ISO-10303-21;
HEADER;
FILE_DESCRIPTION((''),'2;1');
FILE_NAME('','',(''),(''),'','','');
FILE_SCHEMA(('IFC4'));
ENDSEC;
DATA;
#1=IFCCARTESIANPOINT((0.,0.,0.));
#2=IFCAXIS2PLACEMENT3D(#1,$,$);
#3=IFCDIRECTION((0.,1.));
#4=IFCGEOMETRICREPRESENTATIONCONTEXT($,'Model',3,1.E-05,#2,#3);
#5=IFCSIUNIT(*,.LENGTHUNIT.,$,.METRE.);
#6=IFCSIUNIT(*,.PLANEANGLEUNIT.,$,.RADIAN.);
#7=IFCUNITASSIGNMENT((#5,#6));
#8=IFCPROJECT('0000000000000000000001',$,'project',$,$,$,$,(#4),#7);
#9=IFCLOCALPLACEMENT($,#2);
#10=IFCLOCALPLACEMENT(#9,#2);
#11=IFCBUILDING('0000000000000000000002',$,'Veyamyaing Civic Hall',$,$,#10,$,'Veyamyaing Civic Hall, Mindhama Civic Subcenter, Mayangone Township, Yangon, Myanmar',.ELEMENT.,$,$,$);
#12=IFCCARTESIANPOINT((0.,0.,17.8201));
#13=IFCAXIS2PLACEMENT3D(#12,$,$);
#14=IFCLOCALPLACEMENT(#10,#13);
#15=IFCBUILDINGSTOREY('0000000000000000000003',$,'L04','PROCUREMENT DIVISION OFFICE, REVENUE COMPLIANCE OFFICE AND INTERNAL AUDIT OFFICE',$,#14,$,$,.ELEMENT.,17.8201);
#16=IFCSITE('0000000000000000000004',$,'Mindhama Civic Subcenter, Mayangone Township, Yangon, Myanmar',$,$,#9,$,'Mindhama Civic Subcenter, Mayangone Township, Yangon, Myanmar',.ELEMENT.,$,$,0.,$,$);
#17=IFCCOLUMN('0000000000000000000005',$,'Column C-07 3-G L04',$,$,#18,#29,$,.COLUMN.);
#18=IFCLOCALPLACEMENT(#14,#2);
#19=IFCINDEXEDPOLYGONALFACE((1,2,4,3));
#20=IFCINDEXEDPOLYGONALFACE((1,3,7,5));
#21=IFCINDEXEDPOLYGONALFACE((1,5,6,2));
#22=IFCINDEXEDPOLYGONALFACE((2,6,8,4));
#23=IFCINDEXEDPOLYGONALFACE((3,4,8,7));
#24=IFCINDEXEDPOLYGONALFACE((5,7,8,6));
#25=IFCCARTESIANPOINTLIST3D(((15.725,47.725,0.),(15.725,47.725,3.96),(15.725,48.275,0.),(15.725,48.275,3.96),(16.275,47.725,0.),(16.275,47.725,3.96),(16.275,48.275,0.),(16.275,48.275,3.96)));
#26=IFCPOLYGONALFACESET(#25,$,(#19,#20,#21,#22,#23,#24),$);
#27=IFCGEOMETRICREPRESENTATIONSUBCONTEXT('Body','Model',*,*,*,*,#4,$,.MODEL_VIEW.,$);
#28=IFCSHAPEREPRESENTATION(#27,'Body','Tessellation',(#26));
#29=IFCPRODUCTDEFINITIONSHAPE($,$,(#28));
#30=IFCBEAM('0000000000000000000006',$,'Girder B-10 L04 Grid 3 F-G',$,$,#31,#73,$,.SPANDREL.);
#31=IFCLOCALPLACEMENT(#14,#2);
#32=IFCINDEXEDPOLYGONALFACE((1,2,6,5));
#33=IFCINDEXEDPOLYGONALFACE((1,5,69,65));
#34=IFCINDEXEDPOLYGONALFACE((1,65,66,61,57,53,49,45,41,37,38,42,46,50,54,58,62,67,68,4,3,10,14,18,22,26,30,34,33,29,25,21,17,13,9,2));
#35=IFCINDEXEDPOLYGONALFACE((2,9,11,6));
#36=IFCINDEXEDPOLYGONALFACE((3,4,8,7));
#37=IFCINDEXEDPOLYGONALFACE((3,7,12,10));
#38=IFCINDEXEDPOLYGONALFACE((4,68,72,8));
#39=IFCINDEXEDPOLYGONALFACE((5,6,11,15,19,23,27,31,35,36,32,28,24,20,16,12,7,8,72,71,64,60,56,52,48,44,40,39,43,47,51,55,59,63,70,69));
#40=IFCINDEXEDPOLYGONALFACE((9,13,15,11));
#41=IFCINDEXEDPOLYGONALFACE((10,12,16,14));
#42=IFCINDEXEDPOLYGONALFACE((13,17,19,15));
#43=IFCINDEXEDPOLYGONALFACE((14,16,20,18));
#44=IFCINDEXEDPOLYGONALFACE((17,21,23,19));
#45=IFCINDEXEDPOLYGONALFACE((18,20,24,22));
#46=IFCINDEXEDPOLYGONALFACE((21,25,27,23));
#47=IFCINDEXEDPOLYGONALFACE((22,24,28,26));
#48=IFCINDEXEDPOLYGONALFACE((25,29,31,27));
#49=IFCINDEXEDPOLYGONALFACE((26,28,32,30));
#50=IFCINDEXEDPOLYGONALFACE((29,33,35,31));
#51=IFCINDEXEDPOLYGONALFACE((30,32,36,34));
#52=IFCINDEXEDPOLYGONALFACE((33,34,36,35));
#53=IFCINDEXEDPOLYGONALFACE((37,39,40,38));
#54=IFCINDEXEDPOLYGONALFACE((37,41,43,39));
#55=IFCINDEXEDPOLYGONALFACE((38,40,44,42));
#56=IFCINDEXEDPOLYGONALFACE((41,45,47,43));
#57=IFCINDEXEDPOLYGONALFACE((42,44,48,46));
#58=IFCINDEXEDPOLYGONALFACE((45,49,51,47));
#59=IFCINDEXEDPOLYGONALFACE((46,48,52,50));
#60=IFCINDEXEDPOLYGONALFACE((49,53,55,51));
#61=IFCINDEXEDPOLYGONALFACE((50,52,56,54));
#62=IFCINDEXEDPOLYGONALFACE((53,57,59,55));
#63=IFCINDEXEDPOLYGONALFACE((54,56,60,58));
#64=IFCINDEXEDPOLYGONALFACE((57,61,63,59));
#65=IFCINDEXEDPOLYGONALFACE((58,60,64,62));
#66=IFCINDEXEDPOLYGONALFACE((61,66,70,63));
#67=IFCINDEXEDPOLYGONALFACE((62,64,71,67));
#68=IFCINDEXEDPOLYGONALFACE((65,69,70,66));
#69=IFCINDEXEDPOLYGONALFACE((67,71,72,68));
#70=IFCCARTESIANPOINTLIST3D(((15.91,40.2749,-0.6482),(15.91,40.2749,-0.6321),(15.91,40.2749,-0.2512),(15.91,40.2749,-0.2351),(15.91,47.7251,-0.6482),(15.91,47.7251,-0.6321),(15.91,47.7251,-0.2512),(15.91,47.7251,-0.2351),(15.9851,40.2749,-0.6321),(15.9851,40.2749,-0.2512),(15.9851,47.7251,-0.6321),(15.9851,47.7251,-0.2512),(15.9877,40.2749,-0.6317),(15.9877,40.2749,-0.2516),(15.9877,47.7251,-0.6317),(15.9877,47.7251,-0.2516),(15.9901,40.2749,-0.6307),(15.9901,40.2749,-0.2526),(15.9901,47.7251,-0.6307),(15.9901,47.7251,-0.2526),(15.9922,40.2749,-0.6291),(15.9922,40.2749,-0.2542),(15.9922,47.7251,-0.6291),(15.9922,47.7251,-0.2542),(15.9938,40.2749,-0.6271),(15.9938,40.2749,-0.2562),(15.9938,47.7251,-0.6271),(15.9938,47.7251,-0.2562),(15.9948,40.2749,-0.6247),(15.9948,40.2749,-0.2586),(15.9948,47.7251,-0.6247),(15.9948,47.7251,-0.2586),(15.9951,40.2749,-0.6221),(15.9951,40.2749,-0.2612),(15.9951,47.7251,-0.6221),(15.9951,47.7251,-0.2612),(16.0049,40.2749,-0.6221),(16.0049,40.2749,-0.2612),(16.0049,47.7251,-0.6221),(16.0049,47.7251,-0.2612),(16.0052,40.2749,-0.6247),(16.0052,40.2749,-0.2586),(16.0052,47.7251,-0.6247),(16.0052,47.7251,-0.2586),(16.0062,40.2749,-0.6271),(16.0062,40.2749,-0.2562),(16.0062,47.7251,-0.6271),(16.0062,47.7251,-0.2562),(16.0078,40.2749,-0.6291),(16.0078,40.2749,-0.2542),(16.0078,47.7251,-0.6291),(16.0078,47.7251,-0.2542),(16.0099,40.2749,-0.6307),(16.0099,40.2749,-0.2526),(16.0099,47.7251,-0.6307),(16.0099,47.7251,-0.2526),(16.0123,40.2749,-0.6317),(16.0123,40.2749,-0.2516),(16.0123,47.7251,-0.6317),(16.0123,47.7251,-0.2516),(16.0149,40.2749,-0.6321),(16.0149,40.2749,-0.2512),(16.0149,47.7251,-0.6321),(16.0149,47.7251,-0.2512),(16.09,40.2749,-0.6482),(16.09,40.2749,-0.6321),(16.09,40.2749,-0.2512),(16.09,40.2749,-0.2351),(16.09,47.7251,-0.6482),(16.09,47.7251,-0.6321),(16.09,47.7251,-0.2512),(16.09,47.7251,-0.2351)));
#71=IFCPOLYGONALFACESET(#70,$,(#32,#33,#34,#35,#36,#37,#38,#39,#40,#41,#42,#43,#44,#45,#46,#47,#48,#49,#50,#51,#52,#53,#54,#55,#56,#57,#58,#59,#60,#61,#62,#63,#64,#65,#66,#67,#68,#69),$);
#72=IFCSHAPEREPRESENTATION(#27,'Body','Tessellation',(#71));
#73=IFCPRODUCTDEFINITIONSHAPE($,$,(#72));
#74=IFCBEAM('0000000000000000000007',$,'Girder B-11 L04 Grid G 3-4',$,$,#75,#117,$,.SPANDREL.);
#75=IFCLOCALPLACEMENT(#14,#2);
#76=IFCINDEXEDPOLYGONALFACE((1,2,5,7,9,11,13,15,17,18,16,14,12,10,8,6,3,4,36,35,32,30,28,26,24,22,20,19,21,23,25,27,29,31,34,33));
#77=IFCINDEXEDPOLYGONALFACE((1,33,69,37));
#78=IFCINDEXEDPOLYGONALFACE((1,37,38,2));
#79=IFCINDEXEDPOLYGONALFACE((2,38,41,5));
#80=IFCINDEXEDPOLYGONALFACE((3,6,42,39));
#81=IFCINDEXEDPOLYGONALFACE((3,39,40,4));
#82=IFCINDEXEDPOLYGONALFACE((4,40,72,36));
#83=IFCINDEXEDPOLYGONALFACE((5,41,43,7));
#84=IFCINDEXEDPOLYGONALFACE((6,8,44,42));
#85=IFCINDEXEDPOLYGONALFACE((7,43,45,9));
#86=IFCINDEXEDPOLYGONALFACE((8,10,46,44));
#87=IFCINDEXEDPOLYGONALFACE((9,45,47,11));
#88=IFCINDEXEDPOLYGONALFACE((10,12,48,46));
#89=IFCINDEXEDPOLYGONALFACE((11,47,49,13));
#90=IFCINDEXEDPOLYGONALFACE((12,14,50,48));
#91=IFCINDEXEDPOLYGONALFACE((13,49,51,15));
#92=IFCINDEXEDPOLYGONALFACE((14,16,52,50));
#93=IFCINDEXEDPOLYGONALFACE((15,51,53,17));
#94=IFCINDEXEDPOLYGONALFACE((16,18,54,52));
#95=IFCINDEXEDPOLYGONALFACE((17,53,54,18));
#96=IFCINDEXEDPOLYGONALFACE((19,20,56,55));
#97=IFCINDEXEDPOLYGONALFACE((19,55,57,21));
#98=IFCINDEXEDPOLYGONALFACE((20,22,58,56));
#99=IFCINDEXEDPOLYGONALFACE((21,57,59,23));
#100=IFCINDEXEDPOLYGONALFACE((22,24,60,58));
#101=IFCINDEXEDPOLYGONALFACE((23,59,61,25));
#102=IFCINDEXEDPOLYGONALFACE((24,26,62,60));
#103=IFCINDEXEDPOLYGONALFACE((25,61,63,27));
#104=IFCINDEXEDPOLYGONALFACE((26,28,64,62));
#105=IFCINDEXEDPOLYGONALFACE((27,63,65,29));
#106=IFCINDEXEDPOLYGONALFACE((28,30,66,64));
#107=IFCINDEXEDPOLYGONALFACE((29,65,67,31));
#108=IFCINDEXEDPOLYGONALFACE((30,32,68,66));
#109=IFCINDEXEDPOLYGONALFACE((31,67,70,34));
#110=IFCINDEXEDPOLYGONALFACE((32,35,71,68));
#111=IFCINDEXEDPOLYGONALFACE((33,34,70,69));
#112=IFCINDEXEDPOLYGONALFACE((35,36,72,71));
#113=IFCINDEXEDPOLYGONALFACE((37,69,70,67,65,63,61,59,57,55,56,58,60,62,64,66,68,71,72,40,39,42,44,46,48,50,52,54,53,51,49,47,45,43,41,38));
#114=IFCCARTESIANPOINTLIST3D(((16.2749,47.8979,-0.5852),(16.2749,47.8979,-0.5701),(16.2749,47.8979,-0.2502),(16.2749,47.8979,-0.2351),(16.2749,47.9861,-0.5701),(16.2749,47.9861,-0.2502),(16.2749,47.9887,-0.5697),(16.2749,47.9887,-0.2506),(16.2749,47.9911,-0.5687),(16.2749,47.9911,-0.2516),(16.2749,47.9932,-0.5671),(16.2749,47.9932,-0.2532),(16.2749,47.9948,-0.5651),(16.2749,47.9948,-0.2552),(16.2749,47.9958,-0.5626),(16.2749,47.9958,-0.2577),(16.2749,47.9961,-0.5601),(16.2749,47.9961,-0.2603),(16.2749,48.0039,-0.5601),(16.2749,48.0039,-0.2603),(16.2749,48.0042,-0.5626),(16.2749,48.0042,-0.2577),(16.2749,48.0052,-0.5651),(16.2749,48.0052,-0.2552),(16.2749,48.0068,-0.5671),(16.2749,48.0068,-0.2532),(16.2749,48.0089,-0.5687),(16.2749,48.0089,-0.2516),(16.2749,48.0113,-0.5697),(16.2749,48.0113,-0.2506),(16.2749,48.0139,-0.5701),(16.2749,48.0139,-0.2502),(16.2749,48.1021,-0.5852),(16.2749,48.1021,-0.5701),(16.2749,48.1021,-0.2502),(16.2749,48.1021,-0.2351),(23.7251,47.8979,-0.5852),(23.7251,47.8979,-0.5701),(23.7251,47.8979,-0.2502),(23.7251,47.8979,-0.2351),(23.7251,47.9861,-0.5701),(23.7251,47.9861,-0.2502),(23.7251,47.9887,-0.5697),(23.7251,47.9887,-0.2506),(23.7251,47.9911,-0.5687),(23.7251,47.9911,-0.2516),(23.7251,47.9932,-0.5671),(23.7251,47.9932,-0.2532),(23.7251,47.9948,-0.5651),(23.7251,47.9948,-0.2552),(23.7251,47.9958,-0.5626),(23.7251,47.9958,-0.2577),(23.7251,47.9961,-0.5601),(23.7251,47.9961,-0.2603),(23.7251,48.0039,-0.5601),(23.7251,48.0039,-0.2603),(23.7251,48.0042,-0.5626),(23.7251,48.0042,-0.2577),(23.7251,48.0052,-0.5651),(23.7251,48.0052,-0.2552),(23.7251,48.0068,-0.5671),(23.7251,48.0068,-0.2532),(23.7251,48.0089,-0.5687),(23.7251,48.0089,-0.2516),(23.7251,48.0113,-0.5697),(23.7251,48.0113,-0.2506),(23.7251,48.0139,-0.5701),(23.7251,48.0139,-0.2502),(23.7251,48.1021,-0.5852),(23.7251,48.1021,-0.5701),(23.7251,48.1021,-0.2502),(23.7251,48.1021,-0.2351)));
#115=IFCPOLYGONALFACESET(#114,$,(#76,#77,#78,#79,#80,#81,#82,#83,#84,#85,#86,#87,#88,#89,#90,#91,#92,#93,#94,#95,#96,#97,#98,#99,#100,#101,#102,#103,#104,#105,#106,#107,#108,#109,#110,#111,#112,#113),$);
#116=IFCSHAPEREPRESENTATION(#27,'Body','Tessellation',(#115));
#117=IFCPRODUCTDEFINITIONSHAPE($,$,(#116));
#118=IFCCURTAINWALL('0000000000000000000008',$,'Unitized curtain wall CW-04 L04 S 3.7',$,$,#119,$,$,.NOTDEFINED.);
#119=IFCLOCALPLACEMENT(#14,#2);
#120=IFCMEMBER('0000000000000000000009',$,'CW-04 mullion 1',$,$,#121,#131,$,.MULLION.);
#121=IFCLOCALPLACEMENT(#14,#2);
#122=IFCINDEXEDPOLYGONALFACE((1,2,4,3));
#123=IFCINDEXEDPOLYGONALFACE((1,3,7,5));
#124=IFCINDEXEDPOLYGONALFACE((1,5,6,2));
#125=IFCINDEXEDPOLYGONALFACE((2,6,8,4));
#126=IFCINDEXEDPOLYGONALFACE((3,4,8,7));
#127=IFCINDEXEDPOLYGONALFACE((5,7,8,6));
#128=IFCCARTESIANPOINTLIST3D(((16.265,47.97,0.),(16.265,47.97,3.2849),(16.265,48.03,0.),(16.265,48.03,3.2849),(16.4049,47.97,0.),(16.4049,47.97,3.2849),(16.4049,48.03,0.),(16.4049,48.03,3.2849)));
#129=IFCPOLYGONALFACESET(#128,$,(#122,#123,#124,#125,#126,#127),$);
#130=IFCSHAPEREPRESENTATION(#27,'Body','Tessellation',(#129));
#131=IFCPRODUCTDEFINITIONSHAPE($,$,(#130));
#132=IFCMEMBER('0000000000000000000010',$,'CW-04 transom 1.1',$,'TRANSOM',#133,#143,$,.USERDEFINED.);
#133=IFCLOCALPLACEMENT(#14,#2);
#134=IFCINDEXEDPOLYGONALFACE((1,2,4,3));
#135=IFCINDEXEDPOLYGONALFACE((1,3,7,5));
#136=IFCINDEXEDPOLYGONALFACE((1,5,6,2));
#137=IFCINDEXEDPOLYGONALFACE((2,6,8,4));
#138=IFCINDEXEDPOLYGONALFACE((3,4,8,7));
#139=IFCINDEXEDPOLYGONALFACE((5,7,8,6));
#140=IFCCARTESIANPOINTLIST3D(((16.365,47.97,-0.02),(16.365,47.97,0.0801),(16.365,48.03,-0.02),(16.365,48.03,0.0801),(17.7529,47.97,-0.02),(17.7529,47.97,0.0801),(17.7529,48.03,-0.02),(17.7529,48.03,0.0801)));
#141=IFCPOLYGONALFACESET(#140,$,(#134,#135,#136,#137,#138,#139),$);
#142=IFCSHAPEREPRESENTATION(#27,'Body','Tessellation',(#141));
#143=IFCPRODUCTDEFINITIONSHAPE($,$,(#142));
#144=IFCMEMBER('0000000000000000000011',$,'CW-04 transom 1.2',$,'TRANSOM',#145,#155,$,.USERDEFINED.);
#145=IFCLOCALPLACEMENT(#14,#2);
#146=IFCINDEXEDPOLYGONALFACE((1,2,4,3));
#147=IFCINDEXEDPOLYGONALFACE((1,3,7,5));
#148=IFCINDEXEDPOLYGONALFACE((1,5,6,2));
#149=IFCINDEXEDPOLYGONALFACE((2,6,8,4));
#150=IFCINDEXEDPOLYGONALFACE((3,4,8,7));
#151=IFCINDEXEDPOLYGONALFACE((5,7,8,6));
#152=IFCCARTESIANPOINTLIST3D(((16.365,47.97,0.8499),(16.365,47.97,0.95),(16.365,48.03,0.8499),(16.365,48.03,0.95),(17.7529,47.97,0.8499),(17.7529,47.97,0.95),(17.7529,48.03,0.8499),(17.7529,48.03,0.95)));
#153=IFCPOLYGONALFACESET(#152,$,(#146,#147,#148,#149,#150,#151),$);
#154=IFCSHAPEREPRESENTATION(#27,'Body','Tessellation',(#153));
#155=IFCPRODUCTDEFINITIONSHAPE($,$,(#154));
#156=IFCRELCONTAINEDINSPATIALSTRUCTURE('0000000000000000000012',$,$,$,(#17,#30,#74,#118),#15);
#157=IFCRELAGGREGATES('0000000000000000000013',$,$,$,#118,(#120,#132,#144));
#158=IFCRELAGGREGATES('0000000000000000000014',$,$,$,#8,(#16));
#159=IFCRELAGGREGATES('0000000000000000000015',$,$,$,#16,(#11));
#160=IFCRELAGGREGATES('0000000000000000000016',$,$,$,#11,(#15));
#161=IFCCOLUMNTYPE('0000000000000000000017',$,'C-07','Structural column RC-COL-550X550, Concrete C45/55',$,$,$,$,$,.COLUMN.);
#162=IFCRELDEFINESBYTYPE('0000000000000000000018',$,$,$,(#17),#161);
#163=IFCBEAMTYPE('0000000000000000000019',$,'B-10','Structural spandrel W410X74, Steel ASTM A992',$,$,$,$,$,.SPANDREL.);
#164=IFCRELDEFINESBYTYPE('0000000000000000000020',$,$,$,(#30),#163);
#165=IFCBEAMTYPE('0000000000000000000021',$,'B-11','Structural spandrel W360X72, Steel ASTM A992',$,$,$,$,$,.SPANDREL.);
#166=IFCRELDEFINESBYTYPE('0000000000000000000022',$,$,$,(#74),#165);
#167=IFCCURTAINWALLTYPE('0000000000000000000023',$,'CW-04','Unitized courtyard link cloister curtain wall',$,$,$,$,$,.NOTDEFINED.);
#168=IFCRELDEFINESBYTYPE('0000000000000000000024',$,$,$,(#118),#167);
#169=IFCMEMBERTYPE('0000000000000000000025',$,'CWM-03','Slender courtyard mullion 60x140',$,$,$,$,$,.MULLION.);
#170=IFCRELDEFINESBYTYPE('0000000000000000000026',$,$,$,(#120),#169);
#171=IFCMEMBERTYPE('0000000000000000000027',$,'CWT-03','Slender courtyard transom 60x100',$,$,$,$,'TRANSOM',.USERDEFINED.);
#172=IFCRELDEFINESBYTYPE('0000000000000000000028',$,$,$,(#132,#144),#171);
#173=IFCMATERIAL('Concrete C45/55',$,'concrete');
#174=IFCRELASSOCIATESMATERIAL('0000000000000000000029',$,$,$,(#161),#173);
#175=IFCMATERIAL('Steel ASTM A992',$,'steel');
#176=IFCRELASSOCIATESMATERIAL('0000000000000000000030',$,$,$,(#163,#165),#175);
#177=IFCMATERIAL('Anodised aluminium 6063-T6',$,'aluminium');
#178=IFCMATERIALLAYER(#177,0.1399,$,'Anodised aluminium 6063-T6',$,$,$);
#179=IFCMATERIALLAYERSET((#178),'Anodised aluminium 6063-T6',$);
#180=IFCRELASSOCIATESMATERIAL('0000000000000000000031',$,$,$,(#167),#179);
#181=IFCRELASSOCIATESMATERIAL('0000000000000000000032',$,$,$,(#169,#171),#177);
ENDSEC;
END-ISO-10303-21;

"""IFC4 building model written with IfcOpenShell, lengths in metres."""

from ifc_helpers import new_model, si_unit, direction, frame, origin, origin_2d, place, context, subcontext, project, spatial, rectangle, i_section, extrude, material, layer, layer_set, material_profile, profile_set, type_object, element, aggregate, save


model = new_model("IFC4")

# Units and contexts
model_context = context("Model", 3, precision=1e-05, world=origin(), true_north=direction((0.0, 1.0)))
body_context = subcontext(model_context, "Body", "Model", "MODEL_VIEW")
ifc_project = project(units=[si_unit("LENGTHUNIT", "METRE"), si_unit("PLANEANGLEUNIT", "RADIAN")], contexts=[model_context])

# Site, building, storey
site_placement = place(None, origin())
site = spatial("IfcSite", under=ifc_project, at=site_placement, Name="Mindhama Civic Subcenter, Mayangone Township, Yangon, Myanmar", LongName="Mindhama Civic Subcenter, Mayangone Township, Yangon, Myanmar", CompositionType="ELEMENT", RefElevation=0.0)
building_placement = place(site_placement, origin())
building = spatial("IfcBuilding", under=site, at=building_placement, Name="Veyamyaing Civic Hall", LongName="Veyamyaing Civic Hall, Mindhama Civic Subcenter, Mayangone Township, Yangon, Myanmar", CompositionType="ELEMENT")
storey_placement = place(building_placement, frame((0.0, 0.0, 17.8201)))
storey = spatial("IfcBuildingStorey", under=building, at=storey_placement, Name="L04", Description="PROCUREMENT DIVISION OFFICE, REVENUE COMPLIANCE OFFICE AND INTERNAL AUDIT OFFICE", CompositionType="ELEMENT", Elevation=17.8201)

# Column
ifc_material_1 = material(Name="Concrete C45/55", Category="concrete")
ifc_material_profile_1 = material_profile(ifc_material_1, rectangle(XDim=0.55, YDim=0.55, at=origin_2d()), Name="RC-COL-550X550")
ifc_profile_set_1 = profile_set([ifc_material_profile_1], Name="Concrete C45/55")
column_type = type_object("IfcColumnType", Name="C-07", Description="Structural column RC-COL-550X550, Concrete C45/55", PredefinedType="COLUMN", material=ifc_profile_set_1)
column_placement = place(storey_placement, frame((16.0, 48.0, 0.0), z_axis=(0.0, 0.0, 1.0), x_axis=(1.0, 0.0, 0.0)))
element("IfcColumn", 1, at=column_placement, inside=storey, type_object=column_type, Name="Column C-07 3-G L04", PredefinedType="COLUMN", context=body_context, shape_type="SweptSolid", body=[
    extrude(rectangle(XDim=0.55, YDim=0.55, at=origin_2d()), origin(), (0.0, 0.0, 1.0), 3.96),
])

# Beams
ifc_material_2 = material(Name="Steel ASTM A992", Category="steel")
ifc_material_profile_2 = material_profile(ifc_material_2, i_section(OverallWidth=0.1799, OverallDepth=0.4131, WebThickness=0.0098, FlangeThickness=0.0161, FilletRadius=0.01, at=origin_2d()), Name="W410X74")
ifc_profile_set_2 = profile_set([ifc_material_profile_2], Name="Steel ASTM A992")
beam_type_1 = type_object("IfcBeamType", Name="B-10", Description="Structural spandrel W410X74, Steel ASTM A992", PredefinedType="SPANDREL", material=ifc_profile_set_2)
beam_1_placement = place(storey_placement, frame((16.0, 40.2749, -0.4417), z_axis=(0.0, 1.0, 0.0), x_axis=(-1.0, 0.0, 0.0)))
element("IfcBeam", 2, at=beam_1_placement, inside=storey, type_object=beam_type_1, Name="Girder B-10 L04 Grid 3 F-G", PredefinedType="SPANDREL", context=body_context, shape_type="SweptSolid", body=[
    extrude(i_section(OverallWidth=0.1799, OverallDepth=0.4131, WebThickness=0.0098, FlangeThickness=0.0161, FilletRadius=0.01, at=origin_2d()), origin(), (0.0, 0.0, 1.0), 7.4502),
])
ifc_material_profile_3 = material_profile(ifc_material_2, i_section(OverallWidth=0.2041, OverallDepth=0.3501, WebThickness=0.0078, FlangeThickness=0.0151, FilletRadius=0.01, at=origin_2d()), Name="W360X72")
ifc_profile_set_3 = profile_set([ifc_material_profile_3], Name="Steel ASTM A992")
beam_type_2 = type_object("IfcBeamType", Name="B-11", Description="Structural spandrel W360X72, Steel ASTM A992", PredefinedType="SPANDREL", material=ifc_profile_set_3)
beam_2_placement = place(storey_placement, frame((16.2749, 48.0, -0.4102), z_axis=(1.0, 0.0, 0.0), x_axis=(0.0, 1.0, 0.0)))
element("IfcBeam", 3, at=beam_2_placement, inside=storey, type_object=beam_type_2, Name="Girder B-11 L04 Grid G 3-4", PredefinedType="SPANDREL", context=body_context, shape_type="SweptSolid", body=[
    extrude(i_section(OverallWidth=0.2041, OverallDepth=0.3501, WebThickness=0.0078, FlangeThickness=0.0151, FilletRadius=0.01, at=origin_2d()), origin(), (0.0, 0.0, 1.0), 7.4502),
])

# Curtain wall, members
ifc_material_3 = material(Name="Anodised aluminium 6063-T6", Category="aluminium")
ifc_layer_1 = layer(ifc_material_3, 0.1399, Name="Anodised aluminium 6063-T6")
ifc_layer_set_1 = layer_set([ifc_layer_1], Name="Anodised aluminium 6063-T6")
curtain_wall_type = type_object("IfcCurtainWallType", Name="CW-04", Description="Unitized courtyard link cloister curtain wall", PredefinedType="NOTDEFINED", material=ifc_layer_set_1)
curtain_wall_placement = place(storey_placement, origin())
curtain_wall = element("IfcCurtainWall", 4, at=curtain_wall_placement, inside=storey, type_object=curtain_wall_type, Name="Unitized curtain wall CW-04 L04 S 3.7", PredefinedType="NOTDEFINED")
ifc_material_profile_4 = material_profile(ifc_material_3, rectangle(XDim=0.0601, YDim=0.1399, at=origin_2d()), Name="ALU-MUL-60X140")
ifc_profile_set_4 = profile_set([ifc_material_profile_4], Name="Anodised aluminium 6063-T6")
member_type_1 = type_object("IfcMemberType", Name="CWM-03", Description="Slender courtyard mullion 60x140", PredefinedType="MULLION", material=ifc_profile_set_4)
member_1_placement = place(storey_placement, frame((16.335, 48.0, 0.0), z_axis=(0.0, 0.0, 1.0), x_axis=(0.0, 1.0, 0.0)))
member_1 = element("IfcMember", 5, at=member_1_placement, type_object=member_type_1, Name="CW-04 mullion 1", PredefinedType="MULLION", context=body_context, shape_type="SweptSolid", body=[
    extrude(rectangle(XDim=0.0601, YDim=0.1399, at=origin_2d()), origin(), (0.0, 0.0, 1.0), 3.2849),
])
ifc_material_profile_5 = material_profile(ifc_material_3, rectangle(XDim=0.0601, YDim=0.1001, at=origin_2d()), Name="ALU-TRN-60X100")
ifc_profile_set_5 = profile_set([ifc_material_profile_5], Name="Anodised aluminium 6063-T6")
member_type_2 = type_object("IfcMemberType", Name="CWT-03", Description="Slender courtyard transom 60x100", ElementType="TRANSOM", PredefinedType="USERDEFINED", material=ifc_profile_set_5)
member_2_placement = place(storey_placement, frame((16.365, 48.0, 0.03), z_axis=(1.0, 0.0, 0.0), x_axis=(0.0, 1.0, 0.0)))
member_2 = element("IfcMember", 6, at=member_2_placement, type_object=member_type_2, Name="CW-04 transom 1.1", ObjectType="TRANSOM", PredefinedType="USERDEFINED", context=body_context, shape_type="SweptSolid", body=[
    extrude(rectangle(XDim=0.0601, YDim=0.1001, at=origin_2d()), origin(), (0.0, 0.0, 1.0), 1.3879),
])
member_3_placement = place(storey_placement, frame((16.365, 48.0, 0.8999), z_axis=(1.0, 0.0, 0.0), x_axis=(0.0, 1.0, 0.0)))
member_3 = element("IfcMember", 7, at=member_3_placement, type_object=member_type_2, Name="CW-04 transom 1.2", ObjectType="TRANSOM", PredefinedType="USERDEFINED", context=body_context, shape_type="SweptSolid", body=[
    extrude(rectangle(XDim=0.0601, YDim=0.1001, at=origin_2d()), origin(), (0.0, 0.0, 1.0), 1.3879),
])
aggregate(curtain_wall, [member_1, member_2, member_3])

save(model, "model.ifc")
